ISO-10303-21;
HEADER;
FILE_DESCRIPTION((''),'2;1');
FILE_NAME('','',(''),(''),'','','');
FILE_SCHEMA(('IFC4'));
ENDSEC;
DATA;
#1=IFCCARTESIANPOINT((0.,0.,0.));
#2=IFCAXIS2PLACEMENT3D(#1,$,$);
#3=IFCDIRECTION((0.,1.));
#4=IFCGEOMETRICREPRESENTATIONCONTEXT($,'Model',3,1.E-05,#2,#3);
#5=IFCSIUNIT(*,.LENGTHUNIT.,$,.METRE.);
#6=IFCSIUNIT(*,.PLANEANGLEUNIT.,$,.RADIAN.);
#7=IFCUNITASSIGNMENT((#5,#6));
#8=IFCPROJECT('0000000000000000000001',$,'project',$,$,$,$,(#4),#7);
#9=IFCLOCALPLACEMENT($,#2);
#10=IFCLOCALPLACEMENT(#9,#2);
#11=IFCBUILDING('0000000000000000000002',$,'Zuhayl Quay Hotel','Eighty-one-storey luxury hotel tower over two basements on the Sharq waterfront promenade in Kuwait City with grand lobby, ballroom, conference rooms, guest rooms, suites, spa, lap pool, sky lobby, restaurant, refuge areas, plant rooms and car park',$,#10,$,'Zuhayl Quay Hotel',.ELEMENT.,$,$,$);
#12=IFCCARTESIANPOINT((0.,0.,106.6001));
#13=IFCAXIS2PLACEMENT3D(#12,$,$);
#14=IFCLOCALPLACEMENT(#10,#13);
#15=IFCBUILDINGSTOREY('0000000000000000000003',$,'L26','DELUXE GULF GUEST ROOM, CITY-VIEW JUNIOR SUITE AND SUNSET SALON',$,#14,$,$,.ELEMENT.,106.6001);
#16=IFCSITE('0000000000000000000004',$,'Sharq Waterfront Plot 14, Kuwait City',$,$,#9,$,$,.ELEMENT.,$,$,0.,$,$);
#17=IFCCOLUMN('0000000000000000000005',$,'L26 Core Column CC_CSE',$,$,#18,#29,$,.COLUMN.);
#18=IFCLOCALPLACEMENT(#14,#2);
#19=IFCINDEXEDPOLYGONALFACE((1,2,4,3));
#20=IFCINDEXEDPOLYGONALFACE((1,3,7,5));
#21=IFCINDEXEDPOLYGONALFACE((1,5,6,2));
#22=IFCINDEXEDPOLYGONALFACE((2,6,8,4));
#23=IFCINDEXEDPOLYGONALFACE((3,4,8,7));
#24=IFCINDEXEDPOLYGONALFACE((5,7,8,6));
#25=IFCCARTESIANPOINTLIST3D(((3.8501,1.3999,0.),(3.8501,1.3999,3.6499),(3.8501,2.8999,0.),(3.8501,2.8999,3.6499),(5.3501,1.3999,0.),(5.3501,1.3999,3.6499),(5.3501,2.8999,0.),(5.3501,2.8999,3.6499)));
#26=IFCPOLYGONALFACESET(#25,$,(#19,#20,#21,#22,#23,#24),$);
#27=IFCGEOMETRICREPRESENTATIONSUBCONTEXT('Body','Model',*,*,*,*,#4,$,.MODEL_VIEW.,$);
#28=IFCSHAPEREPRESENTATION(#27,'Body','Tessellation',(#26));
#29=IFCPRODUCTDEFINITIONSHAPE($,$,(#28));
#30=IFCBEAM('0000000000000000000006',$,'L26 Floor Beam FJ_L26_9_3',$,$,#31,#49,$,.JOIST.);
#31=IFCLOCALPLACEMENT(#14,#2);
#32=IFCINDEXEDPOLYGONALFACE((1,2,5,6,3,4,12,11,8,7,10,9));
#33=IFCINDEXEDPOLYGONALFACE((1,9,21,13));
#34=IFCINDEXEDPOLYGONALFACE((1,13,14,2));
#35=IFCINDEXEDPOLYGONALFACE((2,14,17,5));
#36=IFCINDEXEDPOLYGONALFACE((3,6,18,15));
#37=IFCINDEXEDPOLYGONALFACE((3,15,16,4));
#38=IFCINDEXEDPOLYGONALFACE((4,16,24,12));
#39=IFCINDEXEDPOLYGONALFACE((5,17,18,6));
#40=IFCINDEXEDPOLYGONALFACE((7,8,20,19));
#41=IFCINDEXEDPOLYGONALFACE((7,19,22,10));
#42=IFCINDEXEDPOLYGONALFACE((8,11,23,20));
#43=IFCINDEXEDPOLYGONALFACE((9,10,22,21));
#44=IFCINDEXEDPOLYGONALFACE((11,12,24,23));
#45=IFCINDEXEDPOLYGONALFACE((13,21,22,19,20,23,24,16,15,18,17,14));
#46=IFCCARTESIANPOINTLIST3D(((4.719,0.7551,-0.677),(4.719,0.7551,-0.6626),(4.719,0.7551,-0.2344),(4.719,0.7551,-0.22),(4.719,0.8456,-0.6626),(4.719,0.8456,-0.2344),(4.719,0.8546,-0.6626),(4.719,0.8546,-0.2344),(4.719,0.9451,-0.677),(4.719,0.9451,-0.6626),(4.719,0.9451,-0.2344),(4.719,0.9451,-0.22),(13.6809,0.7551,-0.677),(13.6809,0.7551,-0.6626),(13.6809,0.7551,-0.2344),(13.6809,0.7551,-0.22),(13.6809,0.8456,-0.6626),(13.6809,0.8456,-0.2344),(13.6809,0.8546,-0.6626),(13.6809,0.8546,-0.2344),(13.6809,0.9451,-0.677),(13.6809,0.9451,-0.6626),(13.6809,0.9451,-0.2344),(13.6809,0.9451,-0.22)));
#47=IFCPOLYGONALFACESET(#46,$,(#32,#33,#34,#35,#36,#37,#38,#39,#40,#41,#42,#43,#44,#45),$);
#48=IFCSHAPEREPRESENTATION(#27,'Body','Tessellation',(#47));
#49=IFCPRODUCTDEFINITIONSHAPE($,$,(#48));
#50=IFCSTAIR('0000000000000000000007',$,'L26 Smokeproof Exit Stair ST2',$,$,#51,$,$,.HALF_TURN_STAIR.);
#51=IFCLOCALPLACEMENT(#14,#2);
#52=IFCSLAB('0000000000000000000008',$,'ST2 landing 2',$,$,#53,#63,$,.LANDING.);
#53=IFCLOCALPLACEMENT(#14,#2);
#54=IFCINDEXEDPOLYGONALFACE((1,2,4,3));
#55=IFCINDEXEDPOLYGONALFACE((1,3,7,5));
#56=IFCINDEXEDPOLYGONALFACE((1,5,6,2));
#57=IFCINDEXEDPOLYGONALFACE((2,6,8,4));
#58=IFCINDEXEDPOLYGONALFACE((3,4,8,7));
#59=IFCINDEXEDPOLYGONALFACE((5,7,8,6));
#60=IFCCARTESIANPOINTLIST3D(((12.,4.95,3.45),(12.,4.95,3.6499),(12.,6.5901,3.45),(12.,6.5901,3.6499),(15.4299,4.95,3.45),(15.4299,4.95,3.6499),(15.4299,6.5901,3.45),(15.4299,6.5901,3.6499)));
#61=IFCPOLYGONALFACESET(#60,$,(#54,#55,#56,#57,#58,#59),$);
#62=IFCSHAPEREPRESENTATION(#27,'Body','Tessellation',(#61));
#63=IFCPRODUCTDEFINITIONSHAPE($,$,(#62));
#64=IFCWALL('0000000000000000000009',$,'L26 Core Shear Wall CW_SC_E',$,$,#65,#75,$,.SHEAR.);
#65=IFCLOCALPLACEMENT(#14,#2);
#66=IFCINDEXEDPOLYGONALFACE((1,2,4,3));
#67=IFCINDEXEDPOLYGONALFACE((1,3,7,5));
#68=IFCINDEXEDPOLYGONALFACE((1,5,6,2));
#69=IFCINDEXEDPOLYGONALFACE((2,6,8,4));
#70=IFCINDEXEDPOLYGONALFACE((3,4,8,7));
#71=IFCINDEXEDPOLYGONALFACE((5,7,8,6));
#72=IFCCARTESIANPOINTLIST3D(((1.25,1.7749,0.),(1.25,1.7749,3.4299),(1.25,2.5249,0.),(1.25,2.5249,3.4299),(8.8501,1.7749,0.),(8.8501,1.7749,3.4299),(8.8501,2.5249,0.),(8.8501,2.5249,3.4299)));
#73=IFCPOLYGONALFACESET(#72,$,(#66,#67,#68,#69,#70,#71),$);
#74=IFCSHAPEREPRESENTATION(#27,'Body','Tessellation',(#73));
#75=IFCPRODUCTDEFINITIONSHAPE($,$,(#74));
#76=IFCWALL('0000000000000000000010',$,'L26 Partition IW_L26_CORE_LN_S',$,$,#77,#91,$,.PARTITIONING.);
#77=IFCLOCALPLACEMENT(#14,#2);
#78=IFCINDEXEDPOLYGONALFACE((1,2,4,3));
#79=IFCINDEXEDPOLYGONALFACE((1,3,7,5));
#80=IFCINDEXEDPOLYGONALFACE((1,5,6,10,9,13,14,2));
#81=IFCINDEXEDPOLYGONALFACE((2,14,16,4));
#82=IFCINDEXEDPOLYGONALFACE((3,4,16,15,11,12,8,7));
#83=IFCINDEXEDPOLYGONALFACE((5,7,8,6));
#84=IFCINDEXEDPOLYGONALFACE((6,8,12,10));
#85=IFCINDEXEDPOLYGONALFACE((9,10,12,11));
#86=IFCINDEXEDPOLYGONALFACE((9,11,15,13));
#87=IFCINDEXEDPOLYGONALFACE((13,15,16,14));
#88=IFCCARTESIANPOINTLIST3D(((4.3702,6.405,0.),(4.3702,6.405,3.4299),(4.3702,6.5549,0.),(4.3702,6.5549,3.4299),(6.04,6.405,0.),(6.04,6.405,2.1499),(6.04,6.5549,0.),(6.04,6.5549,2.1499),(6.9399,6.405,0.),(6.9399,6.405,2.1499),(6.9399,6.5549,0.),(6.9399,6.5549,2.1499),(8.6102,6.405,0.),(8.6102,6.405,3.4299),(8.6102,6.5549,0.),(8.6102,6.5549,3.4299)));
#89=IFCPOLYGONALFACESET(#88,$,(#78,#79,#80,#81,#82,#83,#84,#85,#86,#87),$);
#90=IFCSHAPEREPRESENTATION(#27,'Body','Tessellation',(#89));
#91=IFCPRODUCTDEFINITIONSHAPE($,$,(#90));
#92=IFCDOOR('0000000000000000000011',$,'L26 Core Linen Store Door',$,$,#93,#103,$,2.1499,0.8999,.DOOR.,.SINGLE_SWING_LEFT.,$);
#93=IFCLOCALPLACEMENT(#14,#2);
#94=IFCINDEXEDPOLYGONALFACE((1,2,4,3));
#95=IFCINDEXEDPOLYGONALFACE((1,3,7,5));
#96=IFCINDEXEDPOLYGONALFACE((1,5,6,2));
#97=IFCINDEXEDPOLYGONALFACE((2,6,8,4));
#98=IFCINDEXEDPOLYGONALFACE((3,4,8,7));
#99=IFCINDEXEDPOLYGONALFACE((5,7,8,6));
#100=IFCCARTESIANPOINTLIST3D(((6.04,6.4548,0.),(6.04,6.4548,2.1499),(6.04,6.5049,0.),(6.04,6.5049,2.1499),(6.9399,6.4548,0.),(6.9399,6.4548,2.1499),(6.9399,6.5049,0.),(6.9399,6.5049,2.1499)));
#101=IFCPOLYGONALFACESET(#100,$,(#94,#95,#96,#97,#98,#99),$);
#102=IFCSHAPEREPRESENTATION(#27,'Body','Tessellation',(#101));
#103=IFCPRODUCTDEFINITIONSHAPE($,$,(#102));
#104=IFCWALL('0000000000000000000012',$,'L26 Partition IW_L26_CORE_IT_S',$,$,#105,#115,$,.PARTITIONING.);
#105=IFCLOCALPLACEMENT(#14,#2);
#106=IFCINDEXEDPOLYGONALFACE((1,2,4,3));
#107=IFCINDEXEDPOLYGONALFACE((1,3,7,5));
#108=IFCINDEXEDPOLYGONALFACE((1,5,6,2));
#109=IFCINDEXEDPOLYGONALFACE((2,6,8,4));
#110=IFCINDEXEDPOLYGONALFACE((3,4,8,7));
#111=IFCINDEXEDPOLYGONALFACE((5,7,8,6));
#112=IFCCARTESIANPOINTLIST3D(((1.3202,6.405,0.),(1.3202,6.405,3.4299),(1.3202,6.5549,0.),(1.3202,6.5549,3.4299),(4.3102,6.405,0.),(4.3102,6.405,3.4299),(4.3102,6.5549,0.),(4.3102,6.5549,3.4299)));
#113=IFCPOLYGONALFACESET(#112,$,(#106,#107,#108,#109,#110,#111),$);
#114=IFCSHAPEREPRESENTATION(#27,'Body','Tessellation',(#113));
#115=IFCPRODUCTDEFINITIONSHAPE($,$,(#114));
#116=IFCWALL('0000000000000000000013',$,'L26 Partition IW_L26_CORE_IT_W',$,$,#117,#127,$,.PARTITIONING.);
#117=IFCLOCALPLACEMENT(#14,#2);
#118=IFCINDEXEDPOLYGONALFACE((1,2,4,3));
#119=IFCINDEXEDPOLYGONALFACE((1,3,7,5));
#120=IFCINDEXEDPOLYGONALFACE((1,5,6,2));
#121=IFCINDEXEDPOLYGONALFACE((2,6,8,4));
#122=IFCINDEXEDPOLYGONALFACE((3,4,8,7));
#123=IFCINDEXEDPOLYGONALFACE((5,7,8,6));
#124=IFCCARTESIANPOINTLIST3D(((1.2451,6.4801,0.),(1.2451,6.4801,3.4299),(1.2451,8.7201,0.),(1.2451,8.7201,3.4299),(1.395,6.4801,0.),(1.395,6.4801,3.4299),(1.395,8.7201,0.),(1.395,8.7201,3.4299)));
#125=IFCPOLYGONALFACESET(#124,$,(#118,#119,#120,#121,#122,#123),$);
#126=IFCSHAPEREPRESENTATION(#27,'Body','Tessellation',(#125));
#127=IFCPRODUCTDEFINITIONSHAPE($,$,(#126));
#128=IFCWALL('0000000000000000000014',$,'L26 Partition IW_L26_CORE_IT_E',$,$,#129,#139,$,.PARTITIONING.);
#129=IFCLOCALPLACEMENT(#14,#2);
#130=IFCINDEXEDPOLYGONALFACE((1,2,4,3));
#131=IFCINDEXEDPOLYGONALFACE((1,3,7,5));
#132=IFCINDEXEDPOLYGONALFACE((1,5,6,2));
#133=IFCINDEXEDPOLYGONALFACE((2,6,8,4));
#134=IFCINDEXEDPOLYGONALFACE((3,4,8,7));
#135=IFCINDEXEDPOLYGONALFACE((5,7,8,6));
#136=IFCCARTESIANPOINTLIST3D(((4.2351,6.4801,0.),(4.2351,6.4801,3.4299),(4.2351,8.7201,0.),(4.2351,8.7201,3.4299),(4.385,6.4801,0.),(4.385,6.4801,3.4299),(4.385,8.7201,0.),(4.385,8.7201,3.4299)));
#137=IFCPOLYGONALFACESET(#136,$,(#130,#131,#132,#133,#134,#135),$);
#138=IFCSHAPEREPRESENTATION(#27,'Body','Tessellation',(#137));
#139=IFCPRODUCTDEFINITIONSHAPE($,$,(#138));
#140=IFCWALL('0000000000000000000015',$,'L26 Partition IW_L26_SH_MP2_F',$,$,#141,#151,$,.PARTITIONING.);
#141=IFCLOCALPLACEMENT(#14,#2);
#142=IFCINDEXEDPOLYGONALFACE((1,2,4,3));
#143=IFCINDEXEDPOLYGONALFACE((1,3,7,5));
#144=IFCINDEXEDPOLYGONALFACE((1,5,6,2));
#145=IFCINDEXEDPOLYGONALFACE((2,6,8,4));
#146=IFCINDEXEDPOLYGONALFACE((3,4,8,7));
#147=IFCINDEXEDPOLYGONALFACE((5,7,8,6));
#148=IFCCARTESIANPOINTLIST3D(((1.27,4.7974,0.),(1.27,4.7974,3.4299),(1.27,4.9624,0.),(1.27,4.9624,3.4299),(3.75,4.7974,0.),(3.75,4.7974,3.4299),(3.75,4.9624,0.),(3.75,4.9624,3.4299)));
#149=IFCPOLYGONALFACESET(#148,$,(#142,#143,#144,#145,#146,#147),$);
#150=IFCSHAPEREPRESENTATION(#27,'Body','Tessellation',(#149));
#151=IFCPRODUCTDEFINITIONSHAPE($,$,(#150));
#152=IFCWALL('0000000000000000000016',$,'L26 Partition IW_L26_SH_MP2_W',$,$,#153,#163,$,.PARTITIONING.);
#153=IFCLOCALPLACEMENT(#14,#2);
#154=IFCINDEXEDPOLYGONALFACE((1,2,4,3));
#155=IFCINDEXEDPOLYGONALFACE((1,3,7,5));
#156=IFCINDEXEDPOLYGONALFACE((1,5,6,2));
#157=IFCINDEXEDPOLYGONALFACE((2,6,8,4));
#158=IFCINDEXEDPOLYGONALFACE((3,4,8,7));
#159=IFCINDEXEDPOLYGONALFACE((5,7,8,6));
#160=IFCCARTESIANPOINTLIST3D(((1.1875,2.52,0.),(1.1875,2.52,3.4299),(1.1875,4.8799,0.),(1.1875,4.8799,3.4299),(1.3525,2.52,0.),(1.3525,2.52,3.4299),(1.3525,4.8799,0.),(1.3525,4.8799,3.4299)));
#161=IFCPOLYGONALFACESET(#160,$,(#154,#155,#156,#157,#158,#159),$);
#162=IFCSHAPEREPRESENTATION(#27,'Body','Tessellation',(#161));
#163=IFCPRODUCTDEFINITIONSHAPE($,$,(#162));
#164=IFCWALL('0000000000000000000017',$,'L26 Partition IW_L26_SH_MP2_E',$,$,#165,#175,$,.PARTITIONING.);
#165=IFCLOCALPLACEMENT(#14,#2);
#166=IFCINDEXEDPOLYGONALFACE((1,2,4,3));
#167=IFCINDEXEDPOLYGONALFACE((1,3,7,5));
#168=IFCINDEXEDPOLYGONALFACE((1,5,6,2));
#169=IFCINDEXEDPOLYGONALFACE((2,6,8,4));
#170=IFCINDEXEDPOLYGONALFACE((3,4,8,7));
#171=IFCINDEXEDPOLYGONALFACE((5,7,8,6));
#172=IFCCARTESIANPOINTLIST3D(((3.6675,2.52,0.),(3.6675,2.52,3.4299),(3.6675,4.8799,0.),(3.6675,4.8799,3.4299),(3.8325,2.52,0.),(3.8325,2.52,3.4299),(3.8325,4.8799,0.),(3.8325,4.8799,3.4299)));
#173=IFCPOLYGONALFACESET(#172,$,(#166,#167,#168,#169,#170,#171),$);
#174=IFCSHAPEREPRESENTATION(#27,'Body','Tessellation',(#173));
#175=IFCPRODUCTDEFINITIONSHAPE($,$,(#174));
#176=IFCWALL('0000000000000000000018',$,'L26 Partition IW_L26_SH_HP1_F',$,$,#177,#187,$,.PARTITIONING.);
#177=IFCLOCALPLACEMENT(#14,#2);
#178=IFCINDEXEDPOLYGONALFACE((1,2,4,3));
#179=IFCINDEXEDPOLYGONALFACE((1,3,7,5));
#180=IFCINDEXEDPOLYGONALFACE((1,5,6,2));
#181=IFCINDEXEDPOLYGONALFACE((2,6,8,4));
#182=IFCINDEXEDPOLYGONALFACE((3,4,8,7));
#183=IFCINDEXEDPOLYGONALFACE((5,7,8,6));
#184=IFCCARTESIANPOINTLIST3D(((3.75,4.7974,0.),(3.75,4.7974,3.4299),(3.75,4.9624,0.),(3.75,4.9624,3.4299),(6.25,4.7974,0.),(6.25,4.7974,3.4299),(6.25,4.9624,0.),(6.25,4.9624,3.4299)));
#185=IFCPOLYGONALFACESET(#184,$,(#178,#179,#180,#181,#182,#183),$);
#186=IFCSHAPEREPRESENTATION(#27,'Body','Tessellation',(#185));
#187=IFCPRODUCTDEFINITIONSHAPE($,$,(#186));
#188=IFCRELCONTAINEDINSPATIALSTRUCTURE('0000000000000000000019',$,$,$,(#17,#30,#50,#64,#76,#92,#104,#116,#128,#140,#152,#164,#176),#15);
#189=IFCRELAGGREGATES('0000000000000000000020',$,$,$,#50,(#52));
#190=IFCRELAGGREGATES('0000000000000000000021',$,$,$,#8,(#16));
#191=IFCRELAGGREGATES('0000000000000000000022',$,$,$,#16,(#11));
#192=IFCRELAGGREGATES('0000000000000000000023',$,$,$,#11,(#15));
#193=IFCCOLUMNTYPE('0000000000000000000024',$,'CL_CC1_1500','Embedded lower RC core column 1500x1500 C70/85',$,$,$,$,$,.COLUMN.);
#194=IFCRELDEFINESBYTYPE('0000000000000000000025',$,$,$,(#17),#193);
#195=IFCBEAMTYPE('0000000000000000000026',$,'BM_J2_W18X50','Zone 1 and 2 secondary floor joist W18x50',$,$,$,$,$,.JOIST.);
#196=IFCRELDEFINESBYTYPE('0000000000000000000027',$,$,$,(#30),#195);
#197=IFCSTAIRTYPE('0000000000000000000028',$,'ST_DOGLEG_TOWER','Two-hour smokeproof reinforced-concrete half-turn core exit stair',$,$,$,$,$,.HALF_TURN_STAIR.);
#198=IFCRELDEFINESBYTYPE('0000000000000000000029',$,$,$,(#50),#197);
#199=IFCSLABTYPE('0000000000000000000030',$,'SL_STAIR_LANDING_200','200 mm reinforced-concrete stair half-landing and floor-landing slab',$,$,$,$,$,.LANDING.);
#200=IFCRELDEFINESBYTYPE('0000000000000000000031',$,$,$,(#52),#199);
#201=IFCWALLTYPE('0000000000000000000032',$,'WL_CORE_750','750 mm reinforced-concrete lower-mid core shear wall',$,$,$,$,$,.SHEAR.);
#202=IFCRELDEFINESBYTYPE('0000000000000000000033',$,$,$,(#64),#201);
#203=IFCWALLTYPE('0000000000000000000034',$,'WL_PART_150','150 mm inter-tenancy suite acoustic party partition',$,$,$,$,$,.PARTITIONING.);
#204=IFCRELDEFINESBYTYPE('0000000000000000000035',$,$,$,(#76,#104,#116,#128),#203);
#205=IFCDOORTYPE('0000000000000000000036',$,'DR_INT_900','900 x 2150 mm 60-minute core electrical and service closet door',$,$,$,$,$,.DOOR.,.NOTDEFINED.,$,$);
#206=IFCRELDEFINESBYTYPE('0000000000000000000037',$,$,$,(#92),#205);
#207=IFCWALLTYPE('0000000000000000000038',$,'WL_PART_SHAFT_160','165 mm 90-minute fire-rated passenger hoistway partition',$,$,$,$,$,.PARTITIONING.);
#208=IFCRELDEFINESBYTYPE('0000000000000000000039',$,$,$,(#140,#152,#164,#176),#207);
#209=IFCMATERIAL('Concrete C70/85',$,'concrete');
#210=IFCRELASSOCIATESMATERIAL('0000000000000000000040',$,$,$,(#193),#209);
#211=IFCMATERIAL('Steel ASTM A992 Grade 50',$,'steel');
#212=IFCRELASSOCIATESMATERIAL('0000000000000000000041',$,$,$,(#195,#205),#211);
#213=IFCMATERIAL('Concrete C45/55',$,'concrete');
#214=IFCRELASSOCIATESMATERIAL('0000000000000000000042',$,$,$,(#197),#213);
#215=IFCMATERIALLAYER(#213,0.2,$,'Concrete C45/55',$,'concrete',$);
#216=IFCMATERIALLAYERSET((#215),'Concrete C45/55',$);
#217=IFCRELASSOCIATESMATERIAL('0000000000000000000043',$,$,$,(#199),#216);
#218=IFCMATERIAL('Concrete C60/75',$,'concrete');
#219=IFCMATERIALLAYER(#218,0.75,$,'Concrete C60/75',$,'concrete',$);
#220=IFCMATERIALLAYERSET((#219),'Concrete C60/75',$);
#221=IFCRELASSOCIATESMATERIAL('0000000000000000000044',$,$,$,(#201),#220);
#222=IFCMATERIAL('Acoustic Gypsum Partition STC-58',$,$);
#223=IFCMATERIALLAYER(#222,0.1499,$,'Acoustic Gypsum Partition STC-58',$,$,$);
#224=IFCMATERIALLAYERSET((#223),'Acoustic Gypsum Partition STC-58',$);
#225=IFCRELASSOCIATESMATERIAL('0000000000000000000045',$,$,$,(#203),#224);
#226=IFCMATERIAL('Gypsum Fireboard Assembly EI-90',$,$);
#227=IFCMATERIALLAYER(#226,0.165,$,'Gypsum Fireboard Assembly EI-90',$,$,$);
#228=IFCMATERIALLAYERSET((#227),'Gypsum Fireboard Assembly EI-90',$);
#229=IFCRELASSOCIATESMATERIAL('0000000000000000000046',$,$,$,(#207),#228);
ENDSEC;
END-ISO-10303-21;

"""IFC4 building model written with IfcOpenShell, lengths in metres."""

from ifc_helpers import new_model, si_unit, direction, frame, frame_2d, origin, origin_2d, place, context, subcontext, project, spatial, polyline, rectangle, i_section, outline, extrude, material, layer, layer_set, material_profile, profile_set, type_object, element, fill, aggregate, save


model = new_model("IFC4")

# Units and contexts
model_context = context("Model", 3, precision=1e-05, world=origin(), true_north=direction((0.0, 1.0)))
body_context = subcontext(model_context, "Body", "Model", "MODEL_VIEW")
ifc_project = project(units=[si_unit("LENGTHUNIT", "METRE"), si_unit("PLANEANGLEUNIT", "RADIAN")], contexts=[model_context])

# Site, building, storey
site_placement = place(None, origin())
site = spatial("IfcSite", under=ifc_project, at=site_placement, Name="Sharq Waterfront Plot 14, Kuwait City", CompositionType="ELEMENT", RefElevation=0.0)
building_placement = place(site_placement, origin())
building = spatial("IfcBuilding", under=site, at=building_placement, Name="Zuhayl Quay Hotel", Description="Eighty-one-storey luxury hotel tower over two basements on the Sharq waterfront promenade in Kuwait City with grand lobby, ballroom, conference rooms, guest rooms, suites, spa, lap pool, sky lobby, restaurant, refuge areas, plant rooms and car park", LongName="Zuhayl Quay Hotel", CompositionType="ELEMENT")
storey_placement = place(building_placement, frame((0.0, 0.0, 106.6001)))
storey = spatial("IfcBuildingStorey", under=building, at=storey_placement, Name="L26", Description="DELUXE GULF GUEST ROOM, CITY-VIEW JUNIOR SUITE AND SUNSET SALON", CompositionType="ELEMENT", Elevation=106.6001)

# Column
ifc_material_1 = material(Name="Concrete C70/85", Category="concrete")
ifc_material_profile_1 = material_profile(ifc_material_1, rectangle(XDim=1.5, YDim=1.5, at=origin_2d()), Name="RC1500X1500")
ifc_profile_set_1 = profile_set([ifc_material_profile_1], Name="Concrete C70/85")
column_type = type_object("IfcColumnType", Name="CL_CC1_1500", Description="Embedded lower RC core column 1500x1500 C70/85", PredefinedType="COLUMN", material=ifc_profile_set_1)
column_placement = place(storey_placement, frame((4.6001, 2.1499, 0.0), z_axis=(0.0, 0.0, 1.0), x_axis=(1.0, 0.0, 0.0)))
element("IfcColumn", 1, at=column_placement, inside=storey, type_object=column_type, Name="L26 Core Column CC_CSE", PredefinedType="COLUMN", context=body_context, shape_type="SweptSolid", body=[
    extrude(rectangle(XDim=1.5, YDim=1.5, at=origin_2d()), origin(), (0.0, 0.0, 1.0), 3.6499),
])

# Beam
ifc_material_2 = material(Name="Steel ASTM A992 Grade 50", Category="steel")
ifc_material_profile_2 = material_profile(ifc_material_2, i_section(OverallWidth=0.1899, OverallDepth=0.457, WebThickness=0.009, FlangeThickness=0.0144, at=origin_2d()), Name="W18X50")
ifc_profile_set_2 = profile_set([ifc_material_profile_2], Name="Steel ASTM A992 Grade 50")
beam_type = type_object("IfcBeamType", Name="BM_J2_W18X50", Description="Zone 1 and 2 secondary floor joist W18x50", PredefinedType="JOIST", material=ifc_profile_set_2)
beam_placement = place(storey_placement, frame((4.719, 0.8501, -0.4485), z_axis=(1.0, 0.0, 0.0), x_axis=(0.0, 1.0, 0.0)))
element("IfcBeam", 2, at=beam_placement, inside=storey, type_object=beam_type, Name="L26 Floor Beam FJ_L26_9_3", PredefinedType="JOIST", context=body_context, shape_type="SweptSolid", body=[
    extrude(i_section(OverallWidth=0.1899, OverallDepth=0.457, WebThickness=0.009, FlangeThickness=0.0144, at=origin_2d()), origin(), (0.0, 0.0, 1.0), 8.9619),
])

# Stair, slab
ifc_material_3 = material(Name="Concrete C45/55", Category="concrete")
stair_type = type_object("IfcStairType", Name="ST_DOGLEG_TOWER", Description="Two-hour smokeproof reinforced-concrete half-turn core exit stair", PredefinedType="HALF_TURN_STAIR", material=ifc_material_3)
stair_placement = place(storey_placement, origin())
stair = element("IfcStair", 3, at=stair_placement, inside=storey, type_object=stair_type, Name="L26 Smokeproof Exit Stair ST2", PredefinedType="HALF_TURN_STAIR")
ifc_layer_1 = layer(ifc_material_3, 0.2, Name="Concrete C45/55", Category="concrete")
ifc_layer_set_1 = layer_set([ifc_layer_1], Name="Concrete C45/55")
slab_type = type_object("IfcSlabType", Name="SL_STAIR_LANDING_200", Description="200 mm reinforced-concrete stair half-landing and floor-landing slab", PredefinedType="LANDING", material=ifc_layer_set_1)
slab_placement = place(storey_placement, frame((0.0, 0.0, 3.45)))
slab = element("IfcSlab", 4, at=slab_placement, type_object=slab_type, Name="ST2 landing 2", PredefinedType="LANDING", context=body_context, shape_type="SweptSolid", body=[
    extrude(outline(polyline([(15.4299, 4.95), (15.4299, 6.5901), (12.0, 6.5901), (12.0, 4.95), (15.4299, 4.95)])), origin(), (0.0, 0.0, 1.0), 0.2),
])
aggregate(stair, [slab])

# Wall
ifc_material_4 = material(Name="Concrete C60/75", Category="concrete")
ifc_layer_2 = layer(ifc_material_4, 0.75, Name="Concrete C60/75", Category="concrete")
ifc_layer_set_2 = layer_set([ifc_layer_2], Name="Concrete C60/75")
wall_type_1 = type_object("IfcWallType", Name="WL_CORE_750", Description="750 mm reinforced-concrete lower-mid core shear wall", PredefinedType="SHEAR", material=ifc_layer_set_2)
wall_1_placement = place(storey_placement, frame((1.25, 2.1499, 0.0), z_axis=(0.0, 0.0, 1.0), x_axis=(1.0, 0.0, 0.0)))
element("IfcWall", 5, at=wall_1_placement, inside=storey, type_object=wall_type_1, Name="L26 Core Shear Wall CW_SC_E", PredefinedType="SHEAR", context=body_context, shape_type="SweptSolid", body=[
    extrude(rectangle(XDim=7.6001, YDim=0.75, at=frame_2d((3.8, 0.0))), origin(), (0.0, 0.0, 1.0), 3.4299),
])

# Wall, opening, door
ifc_material_5 = material(Name="Acoustic Gypsum Partition STC-58")
ifc_layer_3 = layer(ifc_material_5, 0.1499, Name="Acoustic Gypsum Partition STC-58")
ifc_layer_set_3 = layer_set([ifc_layer_3], Name="Acoustic Gypsum Partition STC-58")
wall_type_2 = type_object("IfcWallType", Name="WL_PART_150", Description="150 mm inter-tenancy suite acoustic party partition", PredefinedType="PARTITIONING", material=ifc_layer_set_3)
wall_2_placement = place(storey_placement, frame((4.3701, 6.48, 0.0), z_axis=(0.0, 0.0, 1.0), x_axis=(1.0, 0.0, 0.0)))
wall_2 = element("IfcWall", 6, at=wall_2_placement, inside=storey, type_object=wall_type_2, Name="L26 Partition IW_L26_CORE_LN_S", PredefinedType="PARTITIONING", context=body_context, shape_type="SweptSolid", body=[
    extrude(rectangle(XDim=4.24, YDim=0.1499, at=frame_2d((2.1201, 0.0))), origin(), (0.0, 0.0, 1.0), 3.4299),
])
opening_placement = place(wall_2_placement, frame((1.6699, 0.0, 0.0)))
opening = element("IfcOpeningElement", 7, at=opening_placement, cuts=wall_2, PredefinedType="OPENING", context=body_context, shape_type="SweptSolid", body=[
    extrude(rectangle(XDim=0.8999, YDim=2.1499, at=frame_2d((0.45, 1.075))), frame((0.0, 0.085, 0.0), z_axis=(0.0, -1.0, 0.0), x_axis=(1.0, 0.0, 0.0)), (0.0, 0.0, 1.0), 0.1699),
])
door_type = type_object("IfcDoorType", Name="DR_INT_900", Description="900 x 2150 mm 60-minute core electrical and service closet door", OperationType="NOTDEFINED", PredefinedType="DOOR", material=ifc_material_2)
door_placement = place(opening_placement, origin())
door = element("IfcDoor", 8, at=door_placement, inside=storey, type_object=door_type, Name="L26 Core Linen Store Door", OperationType="SINGLE_SWING_LEFT", OverallHeight=2.1499, OverallWidth=0.8999, PredefinedType="DOOR", context=body_context, shape_type="SweptSolid", body=[
    extrude(rectangle(XDim=0.8999, YDim=2.1499, at=frame_2d((0.45, 1.075))), frame((0.0, 0.0249, 0.0), z_axis=(0.0, -1.0, 0.0), x_axis=(1.0, 0.0, 0.0)), (0.0, 0.0, 1.0), 0.05),
])
fill(opening, door)

# Walls
wall_3_placement = place(storey_placement, frame((1.3201, 6.48, 0.0), z_axis=(0.0, 0.0, 1.0), x_axis=(1.0, 0.0, 0.0)))
element("IfcWall", 9, at=wall_3_placement, inside=storey, type_object=wall_type_2, Name="L26 Partition IW_L26_CORE_IT_S", PredefinedType="PARTITIONING", context=body_context, shape_type="SweptSolid", body=[
    extrude(rectangle(XDim=2.99, YDim=0.1499, at=frame_2d((1.4951, 0.0))), origin(), (0.0, 0.0, 1.0), 3.4299),
])
for number, where, z_axis, x_axis, name in (
    (10, (1.3201, 6.48, 0.0), (0.0, 0.0, 1.0), (0.0, 1.0, 0.0), "L26 Partition IW_L26_CORE_IT_W"),
    (11, (4.3101, 6.48, 0.0), (0.0, 0.0, 1.0), (0.0, 1.0, 0.0), "L26 Partition IW_L26_CORE_IT_E"),
):
    element("IfcWall", number, at=place(storey_placement, frame(where, z_axis=z_axis, x_axis=x_axis)), inside=storey, type_object=wall_type_2, Name=name, PredefinedType="PARTITIONING", context=body_context, shape_type="SweptSolid", body=[
        extrude(rectangle(XDim=2.24, YDim=0.1499, at=frame_2d((1.1201, 0.0))), origin(), (0.0, 0.0, 1.0), 3.4299),
    ])
ifc_material_6 = material(Name="Gypsum Fireboard Assembly EI-90")
ifc_layer_4 = layer(ifc_material_6, 0.165, Name="Gypsum Fireboard Assembly EI-90")
ifc_layer_set_4 = layer_set([ifc_layer_4], Name="Gypsum Fireboard Assembly EI-90")
wall_type_3 = type_object("IfcWallType", Name="WL_PART_SHAFT_160", Description="165 mm 90-minute fire-rated passenger hoistway partition", PredefinedType="PARTITIONING", material=ifc_layer_set_4)
wall_4_placement = place(storey_placement, frame((1.27, 4.8799, 0.0), z_axis=(0.0, 0.0, 1.0), x_axis=(1.0, 0.0, 0.0)))
element("IfcWall", 12, at=wall_4_placement, inside=storey, type_object=wall_type_3, Name="L26 Partition IW_L26_SH_MP2_F", PredefinedType="PARTITIONING", context=body_context, shape_type="SweptSolid", body=[
    extrude(rectangle(XDim=2.48, YDim=0.165, at=frame_2d((1.24, 0.0))), origin(), (0.0, 0.0, 1.0), 3.4299),
])
for number, where, z_axis, x_axis, name in (
    (13, (1.27, 2.52, 0.0), (0.0, 0.0, 1.0), (0.0, 1.0, 0.0), "L26 Partition IW_L26_SH_MP2_W"),
    (14, (3.75, 2.52, 0.0), (0.0, 0.0, 1.0), (0.0, 1.0, 0.0), "L26 Partition IW_L26_SH_MP2_E"),
):
    element("IfcWall", number, at=place(storey_placement, frame(where, z_axis=z_axis, x_axis=x_axis)), inside=storey, type_object=wall_type_3, Name=name, PredefinedType="PARTITIONING", context=body_context, shape_type="SweptSolid", body=[
        extrude(rectangle(XDim=2.3599, YDim=0.165, at=frame_2d((1.1799, 0.0))), origin(), (0.0, 0.0, 1.0), 3.4299),
    ])
wall_5_placement = place(storey_placement, frame((3.75, 4.8799, 0.0), z_axis=(0.0, 0.0, 1.0), x_axis=(1.0, 0.0, 0.0)))
element("IfcWall", 15, at=wall_5_placement, inside=storey, type_object=wall_type_3, Name="L26 Partition IW_L26_SH_HP1_F", PredefinedType="PARTITIONING", context=body_context, shape_type="SweptSolid", body=[
    extrude(rectangle(XDim=2.5, YDim=0.165, at=frame_2d((1.25, 0.0))), origin(), (0.0, 0.0, 1.0), 3.4299),
])

save(model, "model.ifc")
